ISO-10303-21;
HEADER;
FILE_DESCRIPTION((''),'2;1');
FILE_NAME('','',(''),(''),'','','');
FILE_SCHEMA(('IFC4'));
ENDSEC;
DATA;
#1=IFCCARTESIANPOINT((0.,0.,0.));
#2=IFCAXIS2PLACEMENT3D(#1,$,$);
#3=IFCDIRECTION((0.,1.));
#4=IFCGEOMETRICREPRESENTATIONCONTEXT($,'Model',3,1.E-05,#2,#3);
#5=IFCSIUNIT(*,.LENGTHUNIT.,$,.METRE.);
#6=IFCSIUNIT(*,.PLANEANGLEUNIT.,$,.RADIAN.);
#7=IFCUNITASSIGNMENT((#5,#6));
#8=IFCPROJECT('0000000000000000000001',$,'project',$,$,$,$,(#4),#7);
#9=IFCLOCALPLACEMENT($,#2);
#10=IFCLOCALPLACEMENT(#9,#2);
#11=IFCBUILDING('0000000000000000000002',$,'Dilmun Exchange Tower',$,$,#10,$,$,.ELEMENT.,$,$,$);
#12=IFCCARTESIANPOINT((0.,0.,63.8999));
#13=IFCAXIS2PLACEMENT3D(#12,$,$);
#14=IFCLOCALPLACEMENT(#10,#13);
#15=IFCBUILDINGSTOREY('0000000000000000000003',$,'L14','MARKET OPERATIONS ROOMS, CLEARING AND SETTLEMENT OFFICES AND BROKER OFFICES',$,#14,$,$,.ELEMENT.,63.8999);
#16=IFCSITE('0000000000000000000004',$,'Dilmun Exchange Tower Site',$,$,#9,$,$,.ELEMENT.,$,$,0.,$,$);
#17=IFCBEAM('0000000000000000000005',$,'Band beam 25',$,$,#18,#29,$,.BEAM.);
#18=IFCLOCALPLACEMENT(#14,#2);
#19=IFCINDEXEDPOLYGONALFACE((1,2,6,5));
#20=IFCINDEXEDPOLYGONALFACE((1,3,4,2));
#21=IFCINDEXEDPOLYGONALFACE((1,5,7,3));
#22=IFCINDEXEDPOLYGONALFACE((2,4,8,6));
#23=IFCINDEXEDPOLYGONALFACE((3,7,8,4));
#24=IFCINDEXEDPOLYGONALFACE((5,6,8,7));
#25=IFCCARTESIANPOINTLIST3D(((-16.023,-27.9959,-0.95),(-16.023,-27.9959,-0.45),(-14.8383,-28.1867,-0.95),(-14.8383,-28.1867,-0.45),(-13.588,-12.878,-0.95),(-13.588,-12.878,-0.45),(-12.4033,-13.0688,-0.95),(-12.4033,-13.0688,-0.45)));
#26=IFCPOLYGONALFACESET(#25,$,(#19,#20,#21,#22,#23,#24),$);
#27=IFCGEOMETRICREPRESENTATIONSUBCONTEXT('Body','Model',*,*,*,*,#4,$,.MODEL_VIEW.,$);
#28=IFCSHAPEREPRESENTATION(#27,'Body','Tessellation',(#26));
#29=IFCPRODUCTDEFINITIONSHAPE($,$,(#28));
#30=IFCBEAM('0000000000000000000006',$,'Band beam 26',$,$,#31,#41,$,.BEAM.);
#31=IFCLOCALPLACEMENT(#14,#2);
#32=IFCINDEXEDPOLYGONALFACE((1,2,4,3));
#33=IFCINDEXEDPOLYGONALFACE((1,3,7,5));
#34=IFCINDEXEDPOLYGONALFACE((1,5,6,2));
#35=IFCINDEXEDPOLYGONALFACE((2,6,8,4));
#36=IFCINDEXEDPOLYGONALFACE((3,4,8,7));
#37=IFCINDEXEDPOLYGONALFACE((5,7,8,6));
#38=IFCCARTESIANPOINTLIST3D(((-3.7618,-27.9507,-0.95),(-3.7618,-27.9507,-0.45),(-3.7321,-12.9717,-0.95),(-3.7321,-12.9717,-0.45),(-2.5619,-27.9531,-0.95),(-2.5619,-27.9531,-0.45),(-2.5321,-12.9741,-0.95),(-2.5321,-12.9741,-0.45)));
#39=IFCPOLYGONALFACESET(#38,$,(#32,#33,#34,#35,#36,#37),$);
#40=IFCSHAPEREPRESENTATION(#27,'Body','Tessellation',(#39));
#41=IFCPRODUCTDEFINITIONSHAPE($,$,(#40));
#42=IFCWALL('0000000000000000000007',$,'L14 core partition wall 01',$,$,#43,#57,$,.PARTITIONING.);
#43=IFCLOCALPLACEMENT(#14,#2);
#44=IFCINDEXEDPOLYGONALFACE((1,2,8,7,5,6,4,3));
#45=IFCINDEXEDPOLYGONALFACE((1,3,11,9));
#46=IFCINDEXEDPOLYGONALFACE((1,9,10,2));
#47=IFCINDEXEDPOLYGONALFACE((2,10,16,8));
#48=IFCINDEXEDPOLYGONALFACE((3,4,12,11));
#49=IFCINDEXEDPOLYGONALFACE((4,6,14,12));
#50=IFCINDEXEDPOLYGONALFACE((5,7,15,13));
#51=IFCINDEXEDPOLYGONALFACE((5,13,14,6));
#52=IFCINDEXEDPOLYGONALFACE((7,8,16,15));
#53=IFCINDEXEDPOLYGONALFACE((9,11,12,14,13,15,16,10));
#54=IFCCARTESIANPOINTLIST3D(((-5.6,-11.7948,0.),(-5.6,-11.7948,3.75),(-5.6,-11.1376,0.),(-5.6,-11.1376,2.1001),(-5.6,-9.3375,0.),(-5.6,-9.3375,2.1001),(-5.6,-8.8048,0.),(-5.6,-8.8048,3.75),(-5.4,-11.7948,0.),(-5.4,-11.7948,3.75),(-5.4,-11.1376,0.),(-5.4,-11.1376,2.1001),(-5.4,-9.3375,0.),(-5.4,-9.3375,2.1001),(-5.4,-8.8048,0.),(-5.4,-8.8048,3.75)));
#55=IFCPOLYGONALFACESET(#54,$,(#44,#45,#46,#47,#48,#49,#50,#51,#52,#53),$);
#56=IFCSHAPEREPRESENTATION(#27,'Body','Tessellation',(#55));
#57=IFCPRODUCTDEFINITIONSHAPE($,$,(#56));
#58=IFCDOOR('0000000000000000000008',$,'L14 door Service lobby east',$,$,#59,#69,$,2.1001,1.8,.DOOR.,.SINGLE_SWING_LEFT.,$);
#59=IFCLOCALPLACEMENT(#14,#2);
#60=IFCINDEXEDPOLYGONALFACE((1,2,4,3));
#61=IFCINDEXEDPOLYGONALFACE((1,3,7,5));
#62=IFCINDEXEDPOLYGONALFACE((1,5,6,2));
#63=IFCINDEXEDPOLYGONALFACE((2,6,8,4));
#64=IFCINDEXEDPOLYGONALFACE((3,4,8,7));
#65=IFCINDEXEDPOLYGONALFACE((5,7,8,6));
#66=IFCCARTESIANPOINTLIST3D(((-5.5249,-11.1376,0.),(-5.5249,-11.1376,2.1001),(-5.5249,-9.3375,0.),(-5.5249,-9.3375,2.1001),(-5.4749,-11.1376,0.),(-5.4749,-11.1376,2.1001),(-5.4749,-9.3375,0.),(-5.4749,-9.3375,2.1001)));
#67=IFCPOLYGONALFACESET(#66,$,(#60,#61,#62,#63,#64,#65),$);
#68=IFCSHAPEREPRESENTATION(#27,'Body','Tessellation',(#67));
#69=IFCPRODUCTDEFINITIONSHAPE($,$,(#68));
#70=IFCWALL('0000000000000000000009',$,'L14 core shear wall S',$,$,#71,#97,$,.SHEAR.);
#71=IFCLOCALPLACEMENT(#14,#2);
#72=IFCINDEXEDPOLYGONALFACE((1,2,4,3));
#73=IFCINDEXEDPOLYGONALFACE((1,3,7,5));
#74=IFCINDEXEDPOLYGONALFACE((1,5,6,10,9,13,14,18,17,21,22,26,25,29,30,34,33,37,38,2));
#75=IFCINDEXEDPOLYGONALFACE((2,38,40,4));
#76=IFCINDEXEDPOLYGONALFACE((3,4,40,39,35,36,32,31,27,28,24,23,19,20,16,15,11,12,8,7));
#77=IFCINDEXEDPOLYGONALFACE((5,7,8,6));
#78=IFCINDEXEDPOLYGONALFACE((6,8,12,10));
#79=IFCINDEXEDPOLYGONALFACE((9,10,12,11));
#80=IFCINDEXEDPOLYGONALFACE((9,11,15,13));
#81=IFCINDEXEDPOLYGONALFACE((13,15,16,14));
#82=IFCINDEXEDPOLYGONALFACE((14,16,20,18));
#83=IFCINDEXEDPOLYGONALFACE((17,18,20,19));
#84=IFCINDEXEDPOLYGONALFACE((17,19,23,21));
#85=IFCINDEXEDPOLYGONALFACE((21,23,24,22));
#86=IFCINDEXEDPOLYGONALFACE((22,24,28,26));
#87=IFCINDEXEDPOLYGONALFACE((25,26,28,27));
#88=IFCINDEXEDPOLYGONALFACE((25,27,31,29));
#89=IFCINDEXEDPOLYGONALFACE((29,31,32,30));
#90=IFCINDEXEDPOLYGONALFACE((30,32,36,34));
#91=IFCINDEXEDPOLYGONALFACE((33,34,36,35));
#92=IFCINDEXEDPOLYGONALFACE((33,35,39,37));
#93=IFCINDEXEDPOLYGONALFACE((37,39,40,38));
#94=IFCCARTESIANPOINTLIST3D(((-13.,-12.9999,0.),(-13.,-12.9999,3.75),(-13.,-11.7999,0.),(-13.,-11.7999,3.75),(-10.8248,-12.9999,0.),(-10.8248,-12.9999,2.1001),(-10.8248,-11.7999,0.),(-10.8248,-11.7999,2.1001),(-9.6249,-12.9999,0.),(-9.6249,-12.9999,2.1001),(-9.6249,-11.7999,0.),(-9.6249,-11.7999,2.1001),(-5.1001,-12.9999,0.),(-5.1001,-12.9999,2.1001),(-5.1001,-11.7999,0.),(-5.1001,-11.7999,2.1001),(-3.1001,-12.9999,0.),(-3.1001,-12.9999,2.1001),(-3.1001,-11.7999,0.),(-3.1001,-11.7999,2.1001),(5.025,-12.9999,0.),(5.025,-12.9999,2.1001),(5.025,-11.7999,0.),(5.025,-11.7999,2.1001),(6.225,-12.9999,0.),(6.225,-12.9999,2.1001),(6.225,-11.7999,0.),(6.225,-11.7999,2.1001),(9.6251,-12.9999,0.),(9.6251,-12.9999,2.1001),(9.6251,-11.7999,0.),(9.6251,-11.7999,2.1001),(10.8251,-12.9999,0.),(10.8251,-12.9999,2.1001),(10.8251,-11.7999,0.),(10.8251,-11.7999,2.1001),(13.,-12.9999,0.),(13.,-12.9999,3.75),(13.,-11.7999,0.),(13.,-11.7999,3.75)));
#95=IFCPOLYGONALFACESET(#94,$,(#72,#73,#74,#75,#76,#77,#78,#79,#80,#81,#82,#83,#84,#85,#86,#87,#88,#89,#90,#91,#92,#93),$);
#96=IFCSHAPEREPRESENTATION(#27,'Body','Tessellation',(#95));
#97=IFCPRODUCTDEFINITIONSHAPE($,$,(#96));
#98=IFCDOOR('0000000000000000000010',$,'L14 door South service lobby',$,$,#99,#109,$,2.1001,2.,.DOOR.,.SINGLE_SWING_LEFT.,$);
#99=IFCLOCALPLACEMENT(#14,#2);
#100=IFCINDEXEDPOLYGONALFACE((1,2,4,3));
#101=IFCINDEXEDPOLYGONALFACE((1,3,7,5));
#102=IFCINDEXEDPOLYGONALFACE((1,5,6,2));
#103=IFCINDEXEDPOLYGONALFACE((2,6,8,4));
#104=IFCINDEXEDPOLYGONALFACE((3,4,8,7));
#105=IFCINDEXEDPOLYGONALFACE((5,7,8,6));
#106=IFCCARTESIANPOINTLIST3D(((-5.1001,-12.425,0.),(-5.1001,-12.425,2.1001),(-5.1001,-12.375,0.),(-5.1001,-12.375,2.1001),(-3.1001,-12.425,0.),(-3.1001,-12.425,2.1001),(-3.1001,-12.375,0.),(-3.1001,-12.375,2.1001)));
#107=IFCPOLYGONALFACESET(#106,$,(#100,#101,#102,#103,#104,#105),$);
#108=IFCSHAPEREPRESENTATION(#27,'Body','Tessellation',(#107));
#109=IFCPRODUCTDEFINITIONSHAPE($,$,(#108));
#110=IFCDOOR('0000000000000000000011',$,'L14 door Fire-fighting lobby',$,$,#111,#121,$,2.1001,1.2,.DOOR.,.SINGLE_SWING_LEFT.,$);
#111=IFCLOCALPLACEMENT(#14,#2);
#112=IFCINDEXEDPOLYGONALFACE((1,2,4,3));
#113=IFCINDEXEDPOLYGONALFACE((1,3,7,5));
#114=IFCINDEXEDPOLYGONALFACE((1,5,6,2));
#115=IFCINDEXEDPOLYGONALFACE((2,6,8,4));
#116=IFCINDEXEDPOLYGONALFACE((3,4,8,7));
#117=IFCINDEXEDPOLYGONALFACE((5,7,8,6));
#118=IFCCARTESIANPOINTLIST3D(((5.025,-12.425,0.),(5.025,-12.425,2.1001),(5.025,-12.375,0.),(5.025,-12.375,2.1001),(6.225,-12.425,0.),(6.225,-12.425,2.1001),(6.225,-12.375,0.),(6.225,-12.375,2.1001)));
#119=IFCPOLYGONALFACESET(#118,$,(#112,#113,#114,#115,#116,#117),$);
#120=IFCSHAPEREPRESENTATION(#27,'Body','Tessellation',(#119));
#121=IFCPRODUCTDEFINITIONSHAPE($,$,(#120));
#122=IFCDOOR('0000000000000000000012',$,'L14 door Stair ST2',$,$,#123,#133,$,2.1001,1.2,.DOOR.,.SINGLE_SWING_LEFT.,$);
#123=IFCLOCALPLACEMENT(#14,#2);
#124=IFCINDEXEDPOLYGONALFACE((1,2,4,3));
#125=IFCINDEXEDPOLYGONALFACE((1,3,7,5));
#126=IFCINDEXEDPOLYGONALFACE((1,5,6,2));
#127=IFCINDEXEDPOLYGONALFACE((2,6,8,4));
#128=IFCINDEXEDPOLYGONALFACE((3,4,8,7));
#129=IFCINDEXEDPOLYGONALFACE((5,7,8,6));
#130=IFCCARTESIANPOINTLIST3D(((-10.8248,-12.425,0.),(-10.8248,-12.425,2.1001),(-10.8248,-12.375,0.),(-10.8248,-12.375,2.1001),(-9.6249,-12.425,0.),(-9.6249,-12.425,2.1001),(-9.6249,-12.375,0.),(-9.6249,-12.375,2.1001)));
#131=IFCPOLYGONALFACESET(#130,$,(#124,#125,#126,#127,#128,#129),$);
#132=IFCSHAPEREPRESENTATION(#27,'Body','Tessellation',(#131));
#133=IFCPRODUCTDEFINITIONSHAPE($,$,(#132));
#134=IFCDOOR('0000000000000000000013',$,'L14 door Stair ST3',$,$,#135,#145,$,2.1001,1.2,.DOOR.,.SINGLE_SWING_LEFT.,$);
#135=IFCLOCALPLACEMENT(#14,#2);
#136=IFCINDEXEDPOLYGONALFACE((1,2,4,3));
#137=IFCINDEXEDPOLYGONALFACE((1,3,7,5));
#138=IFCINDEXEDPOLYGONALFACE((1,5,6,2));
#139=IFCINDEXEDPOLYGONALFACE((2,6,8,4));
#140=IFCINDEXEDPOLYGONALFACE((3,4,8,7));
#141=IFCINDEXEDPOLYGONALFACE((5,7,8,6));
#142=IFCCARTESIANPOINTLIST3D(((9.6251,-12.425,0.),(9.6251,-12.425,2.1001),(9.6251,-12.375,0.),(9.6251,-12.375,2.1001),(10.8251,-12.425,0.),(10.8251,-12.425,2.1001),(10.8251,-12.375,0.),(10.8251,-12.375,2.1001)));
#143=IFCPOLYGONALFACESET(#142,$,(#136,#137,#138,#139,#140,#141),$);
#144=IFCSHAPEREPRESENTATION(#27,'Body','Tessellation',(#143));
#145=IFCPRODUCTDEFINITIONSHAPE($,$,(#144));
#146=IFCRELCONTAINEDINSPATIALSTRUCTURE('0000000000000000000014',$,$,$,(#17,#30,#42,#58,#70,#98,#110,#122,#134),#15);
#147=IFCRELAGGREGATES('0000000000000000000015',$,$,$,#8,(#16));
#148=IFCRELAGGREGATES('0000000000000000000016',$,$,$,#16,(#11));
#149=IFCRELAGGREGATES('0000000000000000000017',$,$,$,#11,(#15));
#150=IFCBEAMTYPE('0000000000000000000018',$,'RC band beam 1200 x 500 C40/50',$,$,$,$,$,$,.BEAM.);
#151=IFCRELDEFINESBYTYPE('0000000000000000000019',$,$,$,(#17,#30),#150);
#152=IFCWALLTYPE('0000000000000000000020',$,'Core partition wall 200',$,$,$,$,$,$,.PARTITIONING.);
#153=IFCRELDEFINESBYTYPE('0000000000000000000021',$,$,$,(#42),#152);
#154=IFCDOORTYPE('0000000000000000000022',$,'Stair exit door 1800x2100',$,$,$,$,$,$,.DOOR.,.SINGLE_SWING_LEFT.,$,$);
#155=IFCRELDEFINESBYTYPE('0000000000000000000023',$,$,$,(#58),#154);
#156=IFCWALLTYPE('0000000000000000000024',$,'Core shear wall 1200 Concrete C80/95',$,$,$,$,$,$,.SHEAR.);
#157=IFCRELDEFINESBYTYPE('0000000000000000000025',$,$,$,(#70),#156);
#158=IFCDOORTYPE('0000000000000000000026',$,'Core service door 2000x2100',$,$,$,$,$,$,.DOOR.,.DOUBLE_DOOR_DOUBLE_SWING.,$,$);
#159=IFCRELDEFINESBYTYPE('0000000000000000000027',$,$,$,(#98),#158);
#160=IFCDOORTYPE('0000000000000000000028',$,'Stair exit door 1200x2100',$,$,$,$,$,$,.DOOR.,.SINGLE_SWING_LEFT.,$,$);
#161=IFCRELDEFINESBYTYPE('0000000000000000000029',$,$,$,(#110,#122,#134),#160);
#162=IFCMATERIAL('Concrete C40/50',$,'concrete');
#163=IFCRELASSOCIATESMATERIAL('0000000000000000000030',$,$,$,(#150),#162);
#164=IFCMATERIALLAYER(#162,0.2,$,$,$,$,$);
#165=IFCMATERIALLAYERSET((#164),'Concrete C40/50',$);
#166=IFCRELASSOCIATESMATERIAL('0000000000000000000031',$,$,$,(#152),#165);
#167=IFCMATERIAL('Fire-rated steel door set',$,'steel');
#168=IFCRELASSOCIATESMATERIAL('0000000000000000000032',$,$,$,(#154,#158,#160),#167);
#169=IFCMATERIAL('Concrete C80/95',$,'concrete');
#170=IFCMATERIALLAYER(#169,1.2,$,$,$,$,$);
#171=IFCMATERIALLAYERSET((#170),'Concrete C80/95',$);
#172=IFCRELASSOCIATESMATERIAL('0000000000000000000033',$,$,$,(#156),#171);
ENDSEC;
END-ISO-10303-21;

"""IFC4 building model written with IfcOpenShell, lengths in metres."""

from ifc_helpers import new_model, si_unit, direction, frame, frame_2d, origin, origin_2d, place, context, subcontext, project, spatial, rectangle, extrude, material, layer, layer_set, material_profile, profile_set, type_object, element, fill, save


model = new_model("IFC4")

# Units and contexts
model_context = context("Model", 3, precision=1e-05, world=origin(), true_north=direction((0.0, 1.0)))
body_context = subcontext(model_context, "Body", "Model", "MODEL_VIEW")
ifc_project = project(units=[si_unit("LENGTHUNIT", "METRE"), si_unit("PLANEANGLEUNIT", "RADIAN")], contexts=[model_context])

# Site, building, storey
site_placement = place(None, origin())
site = spatial("IfcSite", under=ifc_project, at=site_placement, Name="Dilmun Exchange Tower Site", CompositionType="ELEMENT", RefElevation=0.0)
building_placement = place(site_placement, origin())
building = spatial("IfcBuilding", under=site, at=building_placement, Name="Dilmun Exchange Tower", CompositionType="ELEMENT")
storey_placement = place(building_placement, frame((0.0, 0.0, 63.8999)))
storey = spatial("IfcBuildingStorey", under=building, at=storey_placement, Name="L14", Description="MARKET OPERATIONS ROOMS, CLEARING AND SETTLEMENT OFFICES AND BROKER OFFICES", CompositionType="ELEMENT", Elevation=63.8999)

# Beams
ifc_material_1 = material(Name="Concrete C40/50", Category="concrete")
ifc_material_profile = material_profile(ifc_material_1, rectangle(XDim=1.2, YDim=0.5, at=origin_2d()), Name="1200 x 500")
ifc_profile_set = profile_set([ifc_material_profile], Name="Concrete C40/50")
beam_type = type_object("IfcBeamType", Name="RC band beam 1200 x 500 C40/50", PredefinedType="BEAM", material=ifc_profile_set)
beam_1_placement = place(storey_placement, frame((-15.4307, -28.0913, -0.7), z_axis=(0.159021, 0.987275, 0.0), x_axis=(-0.987275, 0.159021, 0.0)))
element("IfcBeam", 1, at=beam_1_placement, inside=storey, type_object=beam_type, Name="Band beam 25", PredefinedType="BEAM", context=body_context, shape_type="SweptSolid", body=[
    extrude(rectangle(XDim=1.2, YDim=0.5, at=origin_2d()), origin(), (0.0, 0.0, 1.0), 15.3127),
])
beam_2_placement = place(storey_placement, frame((-3.1619, -27.9519, -0.7), z_axis=(0.001988, 0.999998, 0.0), x_axis=(-0.999998, 0.001988, 0.0)))
element("IfcBeam", 2, at=beam_2_placement, inside=storey, type_object=beam_type, Name="Band beam 26", PredefinedType="BEAM", context=body_context, shape_type="SweptSolid", body=[
    extrude(rectangle(XDim=1.2, YDim=0.5, at=origin_2d()), origin(), (0.0, 0.0, 1.0), 14.979),
])

# Wall, opening, door
ifc_layer_1 = layer(ifc_material_1, 0.2)
ifc_layer_set_1 = layer_set([ifc_layer_1], Name="Concrete C40/50")
wall_type_1 = type_object("IfcWallType", Name="Core partition wall 200", PredefinedType="PARTITIONING", material=ifc_layer_set_1)
wall_1_placement = place(storey_placement, frame((-5.5, -11.7949, 0.0), z_axis=(0.0, 0.0, 1.0), x_axis=(0.0, 1.0, 0.0)))
wall_1 = element("IfcWall", 3, at=wall_1_placement, inside=storey, type_object=wall_type_1, Name="L14 core partition wall 01", PredefinedType="PARTITIONING", context=body_context, shape_type="SweptSolid", body=[
    extrude(rectangle(XDim=2.99, YDim=0.2, at=frame_2d((1.4951, 0.0))), origin(), (0.0, 0.0, 1.0), 3.75),
])
opening_1_placement = place(wall_1_placement, frame((0.6575, 0.0, 0.0)))
opening_1 = element("IfcOpeningElement", 4, at=opening_1_placement, cuts=wall_1, PredefinedType="OPENING", context=body_context, shape_type="SweptSolid", body=[
    extrude(rectangle(XDim=1.8, YDim=2.1001, at=frame_2d((0.8999, 1.05))), frame((0.0, 0.1099, 0.0), z_axis=(0.0, -1.0, 0.0), x_axis=(1.0, 0.0, 0.0)), (0.0, 0.0, 1.0), 0.22),
])
ifc_material_2 = material(Name="Fire-rated steel door set", Category="steel")
door_type_1 = type_object("IfcDoorType", Name="Stair exit door 1800x2100", OperationType="SINGLE_SWING_LEFT", PredefinedType="DOOR", material=ifc_material_2)
door_1_placement = place(opening_1_placement, origin())
door_1 = element("IfcDoor", 5, at=door_1_placement, inside=storey, type_object=door_type_1, Name="L14 door Service lobby east", OperationType="SINGLE_SWING_LEFT", OverallHeight=2.1001, OverallWidth=1.8, PredefinedType="DOOR", context=body_context, shape_type="SweptSolid", body=[
    extrude(rectangle(XDim=1.8, YDim=2.1001, at=frame_2d((0.8999, 1.05))), frame((0.0, 0.0249, 0.0), z_axis=(0.0, -1.0, 0.0), x_axis=(1.0, 0.0, 0.0)), (0.0, 0.0, 1.0), 0.05),
])
fill(opening_1, door_1)

# Wall, openings, doors
ifc_material_3 = material(Name="Concrete C80/95", Category="concrete")
ifc_layer_2 = layer(ifc_material_3, 1.2)
ifc_layer_set_2 = layer_set([ifc_layer_2], Name="Concrete C80/95")
wall_type_2 = type_object("IfcWallType", Name="Core shear wall 1200 Concrete C80/95", PredefinedType="SHEAR", material=ifc_layer_set_2)
wall_2_placement = place(storey_placement, frame((-13.0, -12.3999, 0.0), z_axis=(0.0, 0.0, 1.0), x_axis=(1.0, 0.0, 0.0)))
wall_2 = element("IfcWall", 6, at=wall_2_placement, inside=storey, type_object=wall_type_2, Name="L14 core shear wall S", PredefinedType="SHEAR", context=body_context, shape_type="SweptSolid", body=[
    extrude(rectangle(XDim=26.0, YDim=1.2, at=frame_2d((13.0, 0.0))), origin(), (0.0, 0.0, 1.0), 3.75),
])
opening_2_placement = place(wall_2_placement, frame((7.8999, 0.0, 0.0)))
opening_2 = element("IfcOpeningElement", 7, at=opening_2_placement, cuts=wall_2, PredefinedType="OPENING", context=body_context, shape_type="SweptSolid", body=[
    extrude(rectangle(XDim=2.0, YDim=2.1001, at=frame_2d((1.0, 1.05))), frame((0.0, 0.6099, 0.0), z_axis=(0.0, -1.0, 0.0), x_axis=(1.0, 0.0, 0.0)), (0.0, 0.0, 1.0), 1.22),
])
opening_3_placement = place(wall_2_placement, frame((18.0249, 0.0, 0.0)))
opening_3 = element("IfcOpeningElement", 8, at=opening_3_placement, cuts=wall_2, PredefinedType="OPENING", context=body_context, shape_type="SweptSolid", body=[
    extrude(rectangle(XDim=1.2, YDim=2.1001, at=frame_2d((0.6001, 1.05))), frame((0.0, 0.6099, 0.0), z_axis=(0.0, -1.0, 0.0), x_axis=(1.0, 0.0, 0.0)), (0.0, 0.0, 1.0), 1.22),
])
opening_4_placement = place(wall_2_placement, frame((2.175, 0.0, 0.0)))
opening_4 = element("IfcOpeningElement", 9, at=opening_4_placement, cuts=wall_2, PredefinedType="OPENING", context=body_context, shape_type="SweptSolid", body=[
    extrude(rectangle(XDim=1.2, YDim=2.1001, at=frame_2d((0.6001, 1.05))), frame((0.0, 0.6099, 0.0), z_axis=(0.0, -1.0, 0.0), x_axis=(1.0, 0.0, 0.0)), (0.0, 0.0, 1.0), 1.22),
])
opening_5_placement = place(wall_2_placement, frame((22.625, 0.0, 0.0)))
opening_5 = element("IfcOpeningElement", 10, at=opening_5_placement, cuts=wall_2, PredefinedType="OPENING", context=body_context, shape_type="SweptSolid", body=[
    extrude(rectangle(XDim=1.2, YDim=2.1001, at=frame_2d((0.6001, 1.05))), frame((0.0, 0.6099, 0.0), z_axis=(0.0, -1.0, 0.0), x_axis=(1.0, 0.0, 0.0)), (0.0, 0.0, 1.0), 1.22),
])
door_type_2 = type_object("IfcDoorType", Name="Core service door 2000x2100", OperationType="DOUBLE_DOOR_DOUBLE_SWING", PredefinedType="DOOR", material=ifc_material_2)
door_2_placement = place(opening_2_placement, origin())
door_2 = element("IfcDoor", 11, at=door_2_placement, inside=storey, type_object=door_type_2, Name="L14 door South service lobby", OperationType="SINGLE_SWING_LEFT", OverallHeight=2.1001, OverallWidth=2.0, PredefinedType="DOOR", context=body_context, shape_type="SweptSolid", body=[
    extrude(rectangle(XDim=2.0, YDim=2.1001, at=frame_2d((1.0, 1.05))), frame((0.0, 0.0249, 0.0), z_axis=(0.0, -1.0, 0.0), x_axis=(1.0, 0.0, 0.0)), (0.0, 0.0, 1.0), 0.05),
])
fill(opening_2, door_2)
door_type_3 = type_object("IfcDoorType", Name="Stair exit door 1200x2100", OperationType="SINGLE_SWING_LEFT", PredefinedType="DOOR", material=ifc_material_2)
door_3_placement = place(opening_3_placement, origin())
door_3 = element("IfcDoor", 12, at=door_3_placement, inside=storey, type_object=door_type_3, Name="L14 door Fire-fighting lobby", OperationType="SINGLE_SWING_LEFT", OverallHeight=2.1001, OverallWidth=1.2, PredefinedType="DOOR", context=body_context, shape_type="SweptSolid", body=[
    extrude(rectangle(XDim=1.2, YDim=2.1001, at=frame_2d((0.6001, 1.05))), frame((0.0, 0.0249, 0.0), z_axis=(0.0, -1.0, 0.0), x_axis=(1.0, 0.0, 0.0)), (0.0, 0.0, 1.0), 0.05),
])
fill(opening_3, door_3)
door_4_placement = place(opening_4_placement, origin())
door_4 = element("IfcDoor", 13, at=door_4_placement, inside=storey, type_object=door_type_3, Name="L14 door Stair ST2", OperationType="SINGLE_SWING_LEFT", OverallHeight=2.1001, OverallWidth=1.2, PredefinedType="DOOR", context=body_context, shape_type="SweptSolid", body=[
    extrude(rectangle(XDim=1.2, YDim=2.1001, at=frame_2d((0.6001, 1.05))), frame((0.0, 0.0249, 0.0), z_axis=(0.0, -1.0, 0.0), x_axis=(1.0, 0.0, 0.0)), (0.0, 0.0, 1.0), 0.05),
])
fill(opening_4, door_4)
door_5_placement = place(opening_5_placement, origin())
door_5 = element("IfcDoor", 14, at=door_5_placement, inside=storey, type_object=door_type_3, Name="L14 door Stair ST3", OperationType="SINGLE_SWING_LEFT", OverallHeight=2.1001, OverallWidth=1.2, PredefinedType="DOOR", context=body_context, shape_type="SweptSolid", body=[
    extrude(rectangle(XDim=1.2, YDim=2.1001, at=frame_2d((0.6001, 1.05))), frame((0.0, 0.0249, 0.0), z_axis=(0.0, -1.0, 0.0), x_axis=(1.0, 0.0, 0.0)), (0.0, 0.0, 1.0), 0.05),
])
fill(opening_5, door_5)

save(model, "model.ifc")
